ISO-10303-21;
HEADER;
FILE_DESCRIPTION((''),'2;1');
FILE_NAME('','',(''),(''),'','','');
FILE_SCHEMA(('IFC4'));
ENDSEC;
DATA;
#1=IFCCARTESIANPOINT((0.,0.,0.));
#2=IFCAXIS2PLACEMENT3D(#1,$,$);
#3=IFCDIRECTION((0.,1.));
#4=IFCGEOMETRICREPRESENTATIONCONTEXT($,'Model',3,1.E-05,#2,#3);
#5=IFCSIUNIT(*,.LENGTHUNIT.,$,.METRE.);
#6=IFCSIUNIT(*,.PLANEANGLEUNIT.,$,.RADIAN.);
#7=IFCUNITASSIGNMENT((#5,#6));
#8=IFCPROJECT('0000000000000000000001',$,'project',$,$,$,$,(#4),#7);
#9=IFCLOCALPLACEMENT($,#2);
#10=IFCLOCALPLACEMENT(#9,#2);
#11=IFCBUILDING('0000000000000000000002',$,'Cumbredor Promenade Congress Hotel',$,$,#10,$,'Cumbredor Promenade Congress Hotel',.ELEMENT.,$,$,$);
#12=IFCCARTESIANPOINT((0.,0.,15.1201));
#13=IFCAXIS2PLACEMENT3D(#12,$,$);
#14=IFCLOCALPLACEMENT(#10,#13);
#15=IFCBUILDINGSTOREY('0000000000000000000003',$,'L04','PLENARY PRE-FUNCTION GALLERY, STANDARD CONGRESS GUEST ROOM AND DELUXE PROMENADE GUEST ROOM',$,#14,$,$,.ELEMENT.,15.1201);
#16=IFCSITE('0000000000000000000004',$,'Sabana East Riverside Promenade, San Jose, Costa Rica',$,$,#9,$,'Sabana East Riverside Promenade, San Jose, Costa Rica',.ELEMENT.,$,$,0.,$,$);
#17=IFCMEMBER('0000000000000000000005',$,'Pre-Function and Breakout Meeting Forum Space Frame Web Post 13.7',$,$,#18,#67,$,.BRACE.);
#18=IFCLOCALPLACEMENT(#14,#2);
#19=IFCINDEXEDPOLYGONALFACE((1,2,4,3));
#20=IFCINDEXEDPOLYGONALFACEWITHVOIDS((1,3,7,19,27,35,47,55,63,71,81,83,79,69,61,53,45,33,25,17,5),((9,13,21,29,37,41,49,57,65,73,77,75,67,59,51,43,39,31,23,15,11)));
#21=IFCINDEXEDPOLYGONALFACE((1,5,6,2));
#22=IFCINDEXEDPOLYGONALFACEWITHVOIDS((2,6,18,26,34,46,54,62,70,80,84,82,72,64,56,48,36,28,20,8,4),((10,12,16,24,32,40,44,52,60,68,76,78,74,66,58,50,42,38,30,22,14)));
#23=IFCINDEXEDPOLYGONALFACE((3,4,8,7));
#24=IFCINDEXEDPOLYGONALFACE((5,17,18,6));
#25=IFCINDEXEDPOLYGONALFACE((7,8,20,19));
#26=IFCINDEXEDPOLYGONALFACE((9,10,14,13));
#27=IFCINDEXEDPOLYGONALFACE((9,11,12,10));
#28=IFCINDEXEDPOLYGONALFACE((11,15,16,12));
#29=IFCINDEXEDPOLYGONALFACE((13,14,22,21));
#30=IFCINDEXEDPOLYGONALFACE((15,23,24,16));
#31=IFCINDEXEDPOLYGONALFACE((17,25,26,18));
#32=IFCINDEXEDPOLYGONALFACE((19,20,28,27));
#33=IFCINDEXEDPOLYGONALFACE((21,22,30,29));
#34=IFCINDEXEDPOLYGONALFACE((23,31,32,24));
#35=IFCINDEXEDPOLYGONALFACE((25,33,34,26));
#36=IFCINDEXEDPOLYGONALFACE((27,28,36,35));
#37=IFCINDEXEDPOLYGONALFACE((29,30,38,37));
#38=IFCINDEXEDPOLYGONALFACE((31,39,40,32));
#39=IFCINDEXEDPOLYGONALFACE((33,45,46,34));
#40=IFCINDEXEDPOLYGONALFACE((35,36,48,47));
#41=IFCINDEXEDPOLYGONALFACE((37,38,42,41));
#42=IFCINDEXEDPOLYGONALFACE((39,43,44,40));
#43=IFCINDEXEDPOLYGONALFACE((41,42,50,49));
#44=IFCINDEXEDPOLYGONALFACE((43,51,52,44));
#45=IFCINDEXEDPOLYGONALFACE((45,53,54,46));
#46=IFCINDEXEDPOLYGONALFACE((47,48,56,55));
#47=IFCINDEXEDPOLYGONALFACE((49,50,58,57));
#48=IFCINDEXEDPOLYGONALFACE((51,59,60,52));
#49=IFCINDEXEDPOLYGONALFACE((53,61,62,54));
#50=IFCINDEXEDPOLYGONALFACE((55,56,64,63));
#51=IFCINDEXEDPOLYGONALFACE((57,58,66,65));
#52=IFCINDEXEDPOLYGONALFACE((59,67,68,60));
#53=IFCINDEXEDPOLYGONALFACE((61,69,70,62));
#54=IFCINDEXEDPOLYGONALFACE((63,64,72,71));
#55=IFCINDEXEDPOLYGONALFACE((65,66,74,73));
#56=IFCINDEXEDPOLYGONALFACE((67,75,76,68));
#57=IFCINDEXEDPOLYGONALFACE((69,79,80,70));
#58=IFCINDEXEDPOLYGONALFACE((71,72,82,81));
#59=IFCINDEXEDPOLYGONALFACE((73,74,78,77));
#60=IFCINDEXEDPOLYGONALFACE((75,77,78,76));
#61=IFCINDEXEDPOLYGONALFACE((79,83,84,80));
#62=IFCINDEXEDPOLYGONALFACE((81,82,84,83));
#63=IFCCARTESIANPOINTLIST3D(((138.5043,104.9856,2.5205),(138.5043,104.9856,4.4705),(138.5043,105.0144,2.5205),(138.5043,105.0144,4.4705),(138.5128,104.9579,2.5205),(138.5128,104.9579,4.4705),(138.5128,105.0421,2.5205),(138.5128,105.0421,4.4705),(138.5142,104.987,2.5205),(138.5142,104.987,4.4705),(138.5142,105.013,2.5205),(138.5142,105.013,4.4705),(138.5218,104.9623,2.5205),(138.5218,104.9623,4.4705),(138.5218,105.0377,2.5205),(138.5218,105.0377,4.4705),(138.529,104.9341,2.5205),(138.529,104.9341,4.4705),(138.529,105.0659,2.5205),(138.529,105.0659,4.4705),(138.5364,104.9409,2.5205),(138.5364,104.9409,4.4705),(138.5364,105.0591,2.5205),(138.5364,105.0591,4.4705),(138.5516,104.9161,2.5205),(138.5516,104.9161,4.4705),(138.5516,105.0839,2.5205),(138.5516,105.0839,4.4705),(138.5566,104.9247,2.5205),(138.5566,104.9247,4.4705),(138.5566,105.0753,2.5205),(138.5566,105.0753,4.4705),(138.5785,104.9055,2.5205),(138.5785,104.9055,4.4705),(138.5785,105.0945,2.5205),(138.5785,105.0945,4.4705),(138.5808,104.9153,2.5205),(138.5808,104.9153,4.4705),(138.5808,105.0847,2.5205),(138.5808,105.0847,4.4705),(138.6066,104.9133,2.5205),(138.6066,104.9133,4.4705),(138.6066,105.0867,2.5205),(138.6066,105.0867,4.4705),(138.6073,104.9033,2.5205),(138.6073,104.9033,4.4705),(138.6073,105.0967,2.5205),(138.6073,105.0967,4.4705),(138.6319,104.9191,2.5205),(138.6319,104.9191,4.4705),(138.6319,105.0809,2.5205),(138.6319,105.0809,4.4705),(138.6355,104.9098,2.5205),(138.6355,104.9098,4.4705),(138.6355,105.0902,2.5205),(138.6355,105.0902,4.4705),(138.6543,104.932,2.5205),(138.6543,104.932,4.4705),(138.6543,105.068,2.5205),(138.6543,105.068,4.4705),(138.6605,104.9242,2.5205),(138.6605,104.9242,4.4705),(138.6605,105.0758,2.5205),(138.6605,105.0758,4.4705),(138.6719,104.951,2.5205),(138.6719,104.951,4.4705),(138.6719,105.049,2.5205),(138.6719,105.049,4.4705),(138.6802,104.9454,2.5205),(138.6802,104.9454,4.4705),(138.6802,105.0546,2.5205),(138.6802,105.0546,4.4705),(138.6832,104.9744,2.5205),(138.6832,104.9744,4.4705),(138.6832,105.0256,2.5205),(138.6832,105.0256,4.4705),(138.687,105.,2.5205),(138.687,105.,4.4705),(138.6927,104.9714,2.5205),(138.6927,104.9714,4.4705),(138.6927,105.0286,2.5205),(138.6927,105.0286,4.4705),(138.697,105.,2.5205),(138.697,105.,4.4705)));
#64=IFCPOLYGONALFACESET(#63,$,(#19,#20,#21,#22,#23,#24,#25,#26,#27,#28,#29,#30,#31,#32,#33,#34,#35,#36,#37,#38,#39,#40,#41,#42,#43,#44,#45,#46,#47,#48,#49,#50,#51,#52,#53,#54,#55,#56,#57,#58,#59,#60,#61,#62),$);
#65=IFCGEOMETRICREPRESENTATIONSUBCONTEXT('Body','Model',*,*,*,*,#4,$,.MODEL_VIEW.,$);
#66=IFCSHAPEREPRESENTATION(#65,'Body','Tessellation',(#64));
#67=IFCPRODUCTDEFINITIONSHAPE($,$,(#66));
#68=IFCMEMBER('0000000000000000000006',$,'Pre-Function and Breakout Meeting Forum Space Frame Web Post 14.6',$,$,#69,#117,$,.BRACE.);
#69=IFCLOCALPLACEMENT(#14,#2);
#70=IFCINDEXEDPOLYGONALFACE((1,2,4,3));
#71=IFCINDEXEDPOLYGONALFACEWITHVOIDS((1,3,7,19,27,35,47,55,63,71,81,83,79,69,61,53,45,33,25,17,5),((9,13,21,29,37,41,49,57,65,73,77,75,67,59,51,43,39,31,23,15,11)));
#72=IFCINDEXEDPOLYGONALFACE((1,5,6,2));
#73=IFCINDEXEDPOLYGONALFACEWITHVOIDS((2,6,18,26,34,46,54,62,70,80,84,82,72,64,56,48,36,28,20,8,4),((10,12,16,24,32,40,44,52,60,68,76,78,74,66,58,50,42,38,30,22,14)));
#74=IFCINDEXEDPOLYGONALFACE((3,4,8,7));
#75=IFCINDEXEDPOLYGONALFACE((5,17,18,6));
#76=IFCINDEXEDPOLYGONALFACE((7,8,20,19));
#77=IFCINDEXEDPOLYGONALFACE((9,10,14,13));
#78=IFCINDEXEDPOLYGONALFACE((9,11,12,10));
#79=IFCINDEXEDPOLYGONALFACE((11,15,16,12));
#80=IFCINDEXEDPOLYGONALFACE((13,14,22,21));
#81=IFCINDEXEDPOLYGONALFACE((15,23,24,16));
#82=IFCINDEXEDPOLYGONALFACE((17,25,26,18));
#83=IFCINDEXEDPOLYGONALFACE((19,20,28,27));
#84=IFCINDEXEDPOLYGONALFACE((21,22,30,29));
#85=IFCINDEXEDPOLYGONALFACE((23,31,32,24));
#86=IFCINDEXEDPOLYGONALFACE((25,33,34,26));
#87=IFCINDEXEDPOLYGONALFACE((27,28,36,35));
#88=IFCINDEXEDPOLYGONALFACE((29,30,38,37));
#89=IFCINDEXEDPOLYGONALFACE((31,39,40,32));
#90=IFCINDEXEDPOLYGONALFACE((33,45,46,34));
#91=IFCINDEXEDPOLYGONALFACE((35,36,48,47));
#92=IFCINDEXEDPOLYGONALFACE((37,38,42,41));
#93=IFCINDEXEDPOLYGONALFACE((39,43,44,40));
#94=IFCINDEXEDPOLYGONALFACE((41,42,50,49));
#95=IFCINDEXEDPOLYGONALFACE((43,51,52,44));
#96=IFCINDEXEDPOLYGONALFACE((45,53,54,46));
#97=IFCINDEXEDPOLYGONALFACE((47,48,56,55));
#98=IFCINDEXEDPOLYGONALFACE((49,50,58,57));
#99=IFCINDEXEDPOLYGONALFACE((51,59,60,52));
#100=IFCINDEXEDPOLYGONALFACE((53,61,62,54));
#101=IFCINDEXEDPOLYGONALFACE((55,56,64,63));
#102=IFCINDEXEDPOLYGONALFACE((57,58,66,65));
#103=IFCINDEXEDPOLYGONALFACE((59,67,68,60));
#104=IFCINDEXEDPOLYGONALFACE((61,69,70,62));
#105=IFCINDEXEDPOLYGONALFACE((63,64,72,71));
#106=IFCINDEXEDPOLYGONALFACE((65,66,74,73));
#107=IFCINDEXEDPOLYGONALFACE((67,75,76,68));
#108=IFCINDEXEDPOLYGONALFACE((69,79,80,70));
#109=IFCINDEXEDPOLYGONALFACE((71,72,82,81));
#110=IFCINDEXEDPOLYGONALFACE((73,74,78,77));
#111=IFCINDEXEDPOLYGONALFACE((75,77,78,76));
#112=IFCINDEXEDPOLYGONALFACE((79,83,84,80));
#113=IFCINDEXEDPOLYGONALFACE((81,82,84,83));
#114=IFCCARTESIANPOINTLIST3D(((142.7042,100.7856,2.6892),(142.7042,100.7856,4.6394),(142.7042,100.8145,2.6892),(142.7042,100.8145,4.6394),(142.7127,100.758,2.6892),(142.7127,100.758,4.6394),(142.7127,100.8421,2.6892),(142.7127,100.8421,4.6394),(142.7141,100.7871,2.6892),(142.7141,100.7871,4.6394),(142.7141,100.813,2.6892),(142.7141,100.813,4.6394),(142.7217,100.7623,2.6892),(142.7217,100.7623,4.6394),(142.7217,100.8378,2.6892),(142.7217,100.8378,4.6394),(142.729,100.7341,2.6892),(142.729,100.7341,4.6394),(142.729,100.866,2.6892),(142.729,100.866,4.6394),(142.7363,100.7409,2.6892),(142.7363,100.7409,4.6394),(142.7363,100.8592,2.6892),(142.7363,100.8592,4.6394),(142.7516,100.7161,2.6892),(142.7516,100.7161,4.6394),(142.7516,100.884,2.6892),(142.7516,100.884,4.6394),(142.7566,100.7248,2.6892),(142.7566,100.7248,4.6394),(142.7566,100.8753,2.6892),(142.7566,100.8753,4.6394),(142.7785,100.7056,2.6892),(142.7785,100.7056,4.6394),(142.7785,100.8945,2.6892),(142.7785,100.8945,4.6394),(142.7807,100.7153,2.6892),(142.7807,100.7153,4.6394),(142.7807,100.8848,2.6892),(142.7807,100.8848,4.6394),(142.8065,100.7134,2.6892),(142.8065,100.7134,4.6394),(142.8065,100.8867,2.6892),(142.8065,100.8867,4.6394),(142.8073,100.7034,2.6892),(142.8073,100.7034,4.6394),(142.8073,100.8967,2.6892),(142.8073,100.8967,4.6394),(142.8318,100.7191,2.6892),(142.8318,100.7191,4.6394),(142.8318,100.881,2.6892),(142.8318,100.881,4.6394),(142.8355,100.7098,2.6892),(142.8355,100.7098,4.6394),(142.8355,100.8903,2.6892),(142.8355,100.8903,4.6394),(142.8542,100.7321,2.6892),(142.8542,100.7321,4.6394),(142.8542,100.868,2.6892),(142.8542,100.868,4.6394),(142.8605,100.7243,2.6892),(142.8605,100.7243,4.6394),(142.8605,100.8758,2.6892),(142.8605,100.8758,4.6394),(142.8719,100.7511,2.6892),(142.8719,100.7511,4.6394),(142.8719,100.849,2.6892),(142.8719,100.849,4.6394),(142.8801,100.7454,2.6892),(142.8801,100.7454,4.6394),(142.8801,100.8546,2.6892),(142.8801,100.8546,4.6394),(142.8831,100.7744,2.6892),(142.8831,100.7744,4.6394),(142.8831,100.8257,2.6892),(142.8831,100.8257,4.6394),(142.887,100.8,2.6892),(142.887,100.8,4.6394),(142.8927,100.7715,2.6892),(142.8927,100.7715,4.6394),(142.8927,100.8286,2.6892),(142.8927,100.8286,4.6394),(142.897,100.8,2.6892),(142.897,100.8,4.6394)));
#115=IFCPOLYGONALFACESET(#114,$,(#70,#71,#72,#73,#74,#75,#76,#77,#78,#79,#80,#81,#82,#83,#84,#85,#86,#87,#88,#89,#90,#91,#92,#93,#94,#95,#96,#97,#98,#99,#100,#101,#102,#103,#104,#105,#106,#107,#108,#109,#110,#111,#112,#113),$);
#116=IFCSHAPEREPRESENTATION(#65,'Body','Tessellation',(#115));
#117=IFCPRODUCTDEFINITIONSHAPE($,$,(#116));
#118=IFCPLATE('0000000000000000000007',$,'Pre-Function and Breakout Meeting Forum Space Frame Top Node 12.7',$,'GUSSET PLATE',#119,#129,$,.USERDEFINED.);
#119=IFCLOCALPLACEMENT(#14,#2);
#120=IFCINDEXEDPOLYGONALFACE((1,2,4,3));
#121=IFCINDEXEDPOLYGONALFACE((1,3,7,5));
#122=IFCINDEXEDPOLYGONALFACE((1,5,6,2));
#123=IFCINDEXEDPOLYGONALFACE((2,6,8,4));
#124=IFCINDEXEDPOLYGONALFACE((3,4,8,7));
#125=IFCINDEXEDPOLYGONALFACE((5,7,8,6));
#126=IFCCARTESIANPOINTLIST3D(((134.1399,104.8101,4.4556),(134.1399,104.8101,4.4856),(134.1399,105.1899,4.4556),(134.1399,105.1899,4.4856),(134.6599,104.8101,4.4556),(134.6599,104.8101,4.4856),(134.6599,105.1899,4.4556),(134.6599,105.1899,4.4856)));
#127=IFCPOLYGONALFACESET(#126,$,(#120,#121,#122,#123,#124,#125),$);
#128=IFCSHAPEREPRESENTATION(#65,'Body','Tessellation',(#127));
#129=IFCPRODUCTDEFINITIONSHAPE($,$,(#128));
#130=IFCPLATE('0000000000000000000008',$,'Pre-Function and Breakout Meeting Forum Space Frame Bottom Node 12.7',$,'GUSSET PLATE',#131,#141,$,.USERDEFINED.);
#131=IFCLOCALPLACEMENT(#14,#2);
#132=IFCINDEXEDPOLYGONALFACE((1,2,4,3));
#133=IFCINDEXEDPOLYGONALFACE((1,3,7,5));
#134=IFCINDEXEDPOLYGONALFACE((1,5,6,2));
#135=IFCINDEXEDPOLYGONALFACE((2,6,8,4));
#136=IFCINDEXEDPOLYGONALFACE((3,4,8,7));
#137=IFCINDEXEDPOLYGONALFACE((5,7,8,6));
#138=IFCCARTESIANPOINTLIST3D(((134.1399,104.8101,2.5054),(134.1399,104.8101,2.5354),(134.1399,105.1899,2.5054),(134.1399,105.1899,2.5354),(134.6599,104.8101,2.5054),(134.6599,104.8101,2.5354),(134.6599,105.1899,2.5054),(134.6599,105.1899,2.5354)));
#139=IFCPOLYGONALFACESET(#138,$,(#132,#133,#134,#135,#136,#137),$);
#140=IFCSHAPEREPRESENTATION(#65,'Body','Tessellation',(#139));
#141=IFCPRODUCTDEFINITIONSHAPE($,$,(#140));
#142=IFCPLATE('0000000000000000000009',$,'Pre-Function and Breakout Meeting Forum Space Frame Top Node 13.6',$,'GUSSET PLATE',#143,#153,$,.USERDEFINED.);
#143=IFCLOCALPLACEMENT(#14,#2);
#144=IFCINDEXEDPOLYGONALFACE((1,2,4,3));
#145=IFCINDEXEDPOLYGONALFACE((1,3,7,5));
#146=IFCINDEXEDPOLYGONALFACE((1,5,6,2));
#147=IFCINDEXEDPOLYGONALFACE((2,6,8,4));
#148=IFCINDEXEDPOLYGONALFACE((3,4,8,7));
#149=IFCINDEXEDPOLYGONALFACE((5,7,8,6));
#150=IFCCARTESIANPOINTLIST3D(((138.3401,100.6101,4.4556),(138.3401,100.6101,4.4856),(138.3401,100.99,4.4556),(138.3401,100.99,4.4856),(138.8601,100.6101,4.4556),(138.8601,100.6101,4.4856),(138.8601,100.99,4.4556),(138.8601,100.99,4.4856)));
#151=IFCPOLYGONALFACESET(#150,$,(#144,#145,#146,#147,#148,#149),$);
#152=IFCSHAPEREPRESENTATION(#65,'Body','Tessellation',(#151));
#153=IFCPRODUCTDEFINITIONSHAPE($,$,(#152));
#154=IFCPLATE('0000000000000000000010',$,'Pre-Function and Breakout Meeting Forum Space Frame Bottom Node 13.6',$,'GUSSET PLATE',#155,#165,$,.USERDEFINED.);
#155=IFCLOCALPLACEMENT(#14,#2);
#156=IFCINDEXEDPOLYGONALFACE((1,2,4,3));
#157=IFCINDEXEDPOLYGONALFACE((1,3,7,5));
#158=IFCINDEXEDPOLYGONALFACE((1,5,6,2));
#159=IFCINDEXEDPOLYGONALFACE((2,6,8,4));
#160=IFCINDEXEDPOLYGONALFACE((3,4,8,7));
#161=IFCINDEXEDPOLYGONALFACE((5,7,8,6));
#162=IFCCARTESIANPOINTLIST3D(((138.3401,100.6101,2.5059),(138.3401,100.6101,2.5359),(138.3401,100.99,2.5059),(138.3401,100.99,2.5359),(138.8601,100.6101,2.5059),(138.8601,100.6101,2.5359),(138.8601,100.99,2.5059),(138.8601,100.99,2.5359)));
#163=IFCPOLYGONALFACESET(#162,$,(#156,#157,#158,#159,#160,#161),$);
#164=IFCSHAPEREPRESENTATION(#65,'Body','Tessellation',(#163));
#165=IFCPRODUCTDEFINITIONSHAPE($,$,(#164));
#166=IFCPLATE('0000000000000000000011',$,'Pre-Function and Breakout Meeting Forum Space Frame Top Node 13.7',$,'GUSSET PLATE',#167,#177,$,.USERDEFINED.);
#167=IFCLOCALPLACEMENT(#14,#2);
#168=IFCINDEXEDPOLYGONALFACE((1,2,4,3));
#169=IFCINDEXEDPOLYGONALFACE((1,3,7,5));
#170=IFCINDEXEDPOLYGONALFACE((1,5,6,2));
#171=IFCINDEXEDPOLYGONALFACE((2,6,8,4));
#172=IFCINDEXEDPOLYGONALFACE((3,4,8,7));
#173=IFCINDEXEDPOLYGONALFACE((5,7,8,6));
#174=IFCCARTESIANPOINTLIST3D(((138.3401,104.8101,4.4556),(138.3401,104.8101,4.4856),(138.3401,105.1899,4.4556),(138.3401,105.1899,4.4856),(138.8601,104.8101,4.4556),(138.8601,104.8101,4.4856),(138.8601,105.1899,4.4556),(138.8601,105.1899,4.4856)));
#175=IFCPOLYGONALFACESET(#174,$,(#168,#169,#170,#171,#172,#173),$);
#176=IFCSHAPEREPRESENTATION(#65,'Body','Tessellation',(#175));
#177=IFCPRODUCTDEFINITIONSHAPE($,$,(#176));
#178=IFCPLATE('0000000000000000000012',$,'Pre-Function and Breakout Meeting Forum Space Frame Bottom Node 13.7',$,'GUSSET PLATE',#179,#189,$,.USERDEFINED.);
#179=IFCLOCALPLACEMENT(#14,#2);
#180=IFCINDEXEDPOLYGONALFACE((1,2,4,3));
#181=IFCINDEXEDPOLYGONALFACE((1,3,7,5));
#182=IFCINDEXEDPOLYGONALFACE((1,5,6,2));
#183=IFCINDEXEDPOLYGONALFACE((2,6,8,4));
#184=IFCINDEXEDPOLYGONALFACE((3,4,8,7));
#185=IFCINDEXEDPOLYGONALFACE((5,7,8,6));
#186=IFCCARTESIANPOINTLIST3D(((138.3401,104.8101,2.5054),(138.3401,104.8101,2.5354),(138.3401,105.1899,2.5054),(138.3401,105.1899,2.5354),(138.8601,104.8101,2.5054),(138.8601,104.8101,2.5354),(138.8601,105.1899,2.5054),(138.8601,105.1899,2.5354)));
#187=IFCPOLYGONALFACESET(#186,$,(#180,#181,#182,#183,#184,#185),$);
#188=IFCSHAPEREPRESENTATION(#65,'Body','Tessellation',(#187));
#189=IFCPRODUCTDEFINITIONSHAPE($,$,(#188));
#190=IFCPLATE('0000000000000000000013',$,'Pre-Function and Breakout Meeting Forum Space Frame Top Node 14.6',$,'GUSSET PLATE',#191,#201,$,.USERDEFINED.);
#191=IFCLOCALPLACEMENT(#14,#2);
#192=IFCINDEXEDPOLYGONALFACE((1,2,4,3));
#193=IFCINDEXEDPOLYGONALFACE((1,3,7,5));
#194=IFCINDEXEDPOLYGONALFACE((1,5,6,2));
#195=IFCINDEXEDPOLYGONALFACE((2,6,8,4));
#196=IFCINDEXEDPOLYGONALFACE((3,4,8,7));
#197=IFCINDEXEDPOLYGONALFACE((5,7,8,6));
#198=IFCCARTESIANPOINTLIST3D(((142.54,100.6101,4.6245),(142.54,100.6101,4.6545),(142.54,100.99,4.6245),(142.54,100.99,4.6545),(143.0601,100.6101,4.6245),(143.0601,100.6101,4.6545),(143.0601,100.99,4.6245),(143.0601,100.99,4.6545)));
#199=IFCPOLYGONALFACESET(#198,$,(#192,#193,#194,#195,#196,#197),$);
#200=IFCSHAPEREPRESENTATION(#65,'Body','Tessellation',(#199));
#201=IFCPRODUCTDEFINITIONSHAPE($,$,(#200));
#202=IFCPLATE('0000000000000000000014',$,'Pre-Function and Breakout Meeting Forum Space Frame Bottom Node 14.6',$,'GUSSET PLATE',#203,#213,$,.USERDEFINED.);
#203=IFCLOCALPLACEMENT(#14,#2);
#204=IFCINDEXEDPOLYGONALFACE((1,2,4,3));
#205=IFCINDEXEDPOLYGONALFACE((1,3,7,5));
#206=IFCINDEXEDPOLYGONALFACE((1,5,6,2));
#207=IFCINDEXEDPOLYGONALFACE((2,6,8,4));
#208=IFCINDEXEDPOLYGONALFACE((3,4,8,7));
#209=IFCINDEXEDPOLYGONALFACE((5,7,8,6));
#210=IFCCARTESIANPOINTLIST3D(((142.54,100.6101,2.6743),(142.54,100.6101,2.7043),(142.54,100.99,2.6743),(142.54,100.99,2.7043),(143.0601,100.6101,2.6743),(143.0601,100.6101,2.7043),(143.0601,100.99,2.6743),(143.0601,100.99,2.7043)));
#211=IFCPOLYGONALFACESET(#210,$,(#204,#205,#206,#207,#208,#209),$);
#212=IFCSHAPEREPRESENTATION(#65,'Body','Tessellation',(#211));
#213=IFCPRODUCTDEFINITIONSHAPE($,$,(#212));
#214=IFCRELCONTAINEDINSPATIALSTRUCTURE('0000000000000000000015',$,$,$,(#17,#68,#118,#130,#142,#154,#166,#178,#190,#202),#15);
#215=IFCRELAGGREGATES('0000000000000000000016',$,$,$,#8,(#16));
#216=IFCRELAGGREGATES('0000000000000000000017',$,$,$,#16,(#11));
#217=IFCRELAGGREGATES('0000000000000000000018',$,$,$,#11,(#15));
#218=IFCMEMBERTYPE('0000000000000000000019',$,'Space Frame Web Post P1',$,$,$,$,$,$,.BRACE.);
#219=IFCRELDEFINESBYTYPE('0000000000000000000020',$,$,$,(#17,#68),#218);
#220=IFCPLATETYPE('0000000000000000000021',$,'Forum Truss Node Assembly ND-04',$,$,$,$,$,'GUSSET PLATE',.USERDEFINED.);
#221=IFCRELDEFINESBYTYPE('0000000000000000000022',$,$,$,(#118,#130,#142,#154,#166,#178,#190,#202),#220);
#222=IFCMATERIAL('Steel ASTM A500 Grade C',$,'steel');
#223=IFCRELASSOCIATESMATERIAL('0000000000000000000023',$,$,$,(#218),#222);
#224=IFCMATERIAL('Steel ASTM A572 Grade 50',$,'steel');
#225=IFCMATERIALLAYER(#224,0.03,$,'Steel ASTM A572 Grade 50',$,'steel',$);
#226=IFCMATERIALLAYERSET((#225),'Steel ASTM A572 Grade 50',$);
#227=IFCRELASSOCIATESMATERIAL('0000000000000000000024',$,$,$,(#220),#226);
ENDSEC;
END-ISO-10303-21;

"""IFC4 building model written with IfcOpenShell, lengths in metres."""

from ifc_helpers import new_model, si_unit, direction, frame, origin, origin_2d, place, context, subcontext, project, spatial, rectangle, hollow_circle, extrude, material, layer, layer_set, material_profile, profile_set, type_object, element, save


model = new_model("IFC4")

# Units and contexts
model_context = context("Model", 3, precision=1e-05, world=origin(), true_north=direction((0.0, 1.0)))
body_context = subcontext(model_context, "Body", "Model", "MODEL_VIEW")
ifc_project = project(units=[si_unit("LENGTHUNIT", "METRE"), si_unit("PLANEANGLEUNIT", "RADIAN")], contexts=[model_context])

# Site, building, storey
site_placement = place(None, origin())
site = spatial("IfcSite", under=ifc_project, at=site_placement, Name="Sabana East Riverside Promenade, San Jose, Costa Rica", LongName="Sabana East Riverside Promenade, San Jose, Costa Rica", CompositionType="ELEMENT", RefElevation=0.0)
building_placement = place(site_placement, origin())
building = spatial("IfcBuilding", under=site, at=building_placement, Name="Cumbredor Promenade Congress Hotel", LongName="Cumbredor Promenade Congress Hotel", CompositionType="ELEMENT")
storey_placement = place(building_placement, frame((0.0, 0.0, 15.1201)))
storey = spatial("IfcBuildingStorey", under=building, at=storey_placement, Name="L04", Description="PLENARY PRE-FUNCTION GALLERY, STANDARD CONGRESS GUEST ROOM AND DELUXE PROMENADE GUEST ROOM", CompositionType="ELEMENT", Elevation=15.1201)

# Members
ifc_material_1 = material(Name="Steel ASTM A500 Grade C", Category="steel")
ifc_material_profile_1 = material_profile(ifc_material_1, hollow_circle(Radius=0.0969, WallThickness=0.01, at=origin_2d()), Name="CHS 193.7x10")
ifc_profile_set_1 = profile_set([ifc_material_profile_1], Name="Steel ASTM A500 Grade C")
member_type_1 = type_object("IfcMemberType", Name="Space Frame Web Post P1", PredefinedType="BRACE", material=ifc_profile_set_1)
for number, where, z_axis, x_axis, name in (
    (1, (138.6001, 105.0, 2.5205), (0.0, 0.0, 1.0), (1.0, 0.0, 0.0), "Pre-Function and Breakout Meeting Forum Space Frame Web Post 13.7"),
):
    element("IfcMember", number, at=place(storey_placement, frame(where, z_axis=z_axis, x_axis=x_axis)), inside=storey, type_object=member_type_1, Name=name, PredefinedType="BRACE", context=body_context, shape_type="SweptSolid", body=[
        extrude(hollow_circle(Radius=0.0969, WallThickness=0.01, at=origin_2d()), origin(), (0.0, 0.0, 1.0), 1.95),
    ])
member_1_placement = place(storey_placement, frame((142.8, 100.8, 2.6892), z_axis=(0.0, 0.0, 1.0), x_axis=(1.0, 0.0, 0.0)))
element("IfcMember", 2, at=member_1_placement, inside=storey, type_object=member_type_1, Name="Pre-Function and Breakout Meeting Forum Space Frame Web Post 14.6", PredefinedType="BRACE", context=body_context, shape_type="SweptSolid", body=[
    extrude(hollow_circle(Radius=0.0969, WallThickness=0.01, at=origin_2d()), origin(), (0.0, 0.0, 1.0), 1.9502),
])

# Plates
ifc_material_2 = material(Name="Steel ASTM A572 Grade 50", Category="steel")
ifc_layer = layer(ifc_material_2, 0.03, Name="Steel ASTM A572 Grade 50", Category="steel")
ifc_layer_set = layer_set([ifc_layer], Name="Steel ASTM A572 Grade 50")
plate_type = type_object("IfcPlateType", Name="Forum Truss Node Assembly ND-04", ElementType="GUSSET PLATE", PredefinedType="USERDEFINED", material=ifc_layer_set)
for number, where, z_axis, x_axis, name in (
    (3, (134.3999, 105.0, 4.4556), (0.0, 0.0, 1.0), (1.0, 0.0, 0.0), "Pre-Function and Breakout Meeting Forum Space Frame Top Node 12.7"),
    (4, (134.3999, 105.0, 2.5054), (0.0, 0.0, 1.0), (1.0, 0.0, 0.0), "Pre-Function and Breakout Meeting Forum Space Frame Bottom Node 12.7"),
    (5, (138.6001, 100.8, 4.4556), (0.0, 0.0, 1.0), (1.0, 0.0, 0.0), "Pre-Function and Breakout Meeting Forum Space Frame Top Node 13.6"),
    (6, (138.6001, 100.8, 2.5059), (0.0, 0.0, 1.0), (1.0, 0.0, 0.0), "Pre-Function and Breakout Meeting Forum Space Frame Bottom Node 13.6"),
    (7, (138.6001, 105.0, 4.4556), (0.0, 0.0, 1.0), (1.0, 0.0, 0.0), "Pre-Function and Breakout Meeting Forum Space Frame Top Node 13.7"),
    (8, (138.6001, 105.0, 2.5054), (0.0, 0.0, 1.0), (1.0, 0.0, 0.0), "Pre-Function and Breakout Meeting Forum Space Frame Bottom Node 13.7"),
    (9, (142.8, 100.8, 4.6245), (0.0, 0.0, 1.0), (1.0, 0.0, 0.0), "Pre-Function and Breakout Meeting Forum Space Frame Top Node 14.6"),
    (10, (142.8, 100.8, 2.6743), (0.0, 0.0, 1.0), (1.0, 0.0, 0.0), "Pre-Function and Breakout Meeting Forum Space Frame Bottom Node 14.6"),
):
    element("IfcPlate", number, at=place(storey_placement, frame(where, z_axis=z_axis, x_axis=x_axis)), inside=storey, type_object=plate_type, Name=name, ObjectType="GUSSET PLATE", PredefinedType="USERDEFINED", context=body_context, shape_type="SweptSolid", body=[
        extrude(rectangle(XDim=0.52, YDim=0.3799, at=origin_2d()), origin(), (0.0, 0.0, 1.0), 0.03),
    ])

save(model, "model.ifc")
